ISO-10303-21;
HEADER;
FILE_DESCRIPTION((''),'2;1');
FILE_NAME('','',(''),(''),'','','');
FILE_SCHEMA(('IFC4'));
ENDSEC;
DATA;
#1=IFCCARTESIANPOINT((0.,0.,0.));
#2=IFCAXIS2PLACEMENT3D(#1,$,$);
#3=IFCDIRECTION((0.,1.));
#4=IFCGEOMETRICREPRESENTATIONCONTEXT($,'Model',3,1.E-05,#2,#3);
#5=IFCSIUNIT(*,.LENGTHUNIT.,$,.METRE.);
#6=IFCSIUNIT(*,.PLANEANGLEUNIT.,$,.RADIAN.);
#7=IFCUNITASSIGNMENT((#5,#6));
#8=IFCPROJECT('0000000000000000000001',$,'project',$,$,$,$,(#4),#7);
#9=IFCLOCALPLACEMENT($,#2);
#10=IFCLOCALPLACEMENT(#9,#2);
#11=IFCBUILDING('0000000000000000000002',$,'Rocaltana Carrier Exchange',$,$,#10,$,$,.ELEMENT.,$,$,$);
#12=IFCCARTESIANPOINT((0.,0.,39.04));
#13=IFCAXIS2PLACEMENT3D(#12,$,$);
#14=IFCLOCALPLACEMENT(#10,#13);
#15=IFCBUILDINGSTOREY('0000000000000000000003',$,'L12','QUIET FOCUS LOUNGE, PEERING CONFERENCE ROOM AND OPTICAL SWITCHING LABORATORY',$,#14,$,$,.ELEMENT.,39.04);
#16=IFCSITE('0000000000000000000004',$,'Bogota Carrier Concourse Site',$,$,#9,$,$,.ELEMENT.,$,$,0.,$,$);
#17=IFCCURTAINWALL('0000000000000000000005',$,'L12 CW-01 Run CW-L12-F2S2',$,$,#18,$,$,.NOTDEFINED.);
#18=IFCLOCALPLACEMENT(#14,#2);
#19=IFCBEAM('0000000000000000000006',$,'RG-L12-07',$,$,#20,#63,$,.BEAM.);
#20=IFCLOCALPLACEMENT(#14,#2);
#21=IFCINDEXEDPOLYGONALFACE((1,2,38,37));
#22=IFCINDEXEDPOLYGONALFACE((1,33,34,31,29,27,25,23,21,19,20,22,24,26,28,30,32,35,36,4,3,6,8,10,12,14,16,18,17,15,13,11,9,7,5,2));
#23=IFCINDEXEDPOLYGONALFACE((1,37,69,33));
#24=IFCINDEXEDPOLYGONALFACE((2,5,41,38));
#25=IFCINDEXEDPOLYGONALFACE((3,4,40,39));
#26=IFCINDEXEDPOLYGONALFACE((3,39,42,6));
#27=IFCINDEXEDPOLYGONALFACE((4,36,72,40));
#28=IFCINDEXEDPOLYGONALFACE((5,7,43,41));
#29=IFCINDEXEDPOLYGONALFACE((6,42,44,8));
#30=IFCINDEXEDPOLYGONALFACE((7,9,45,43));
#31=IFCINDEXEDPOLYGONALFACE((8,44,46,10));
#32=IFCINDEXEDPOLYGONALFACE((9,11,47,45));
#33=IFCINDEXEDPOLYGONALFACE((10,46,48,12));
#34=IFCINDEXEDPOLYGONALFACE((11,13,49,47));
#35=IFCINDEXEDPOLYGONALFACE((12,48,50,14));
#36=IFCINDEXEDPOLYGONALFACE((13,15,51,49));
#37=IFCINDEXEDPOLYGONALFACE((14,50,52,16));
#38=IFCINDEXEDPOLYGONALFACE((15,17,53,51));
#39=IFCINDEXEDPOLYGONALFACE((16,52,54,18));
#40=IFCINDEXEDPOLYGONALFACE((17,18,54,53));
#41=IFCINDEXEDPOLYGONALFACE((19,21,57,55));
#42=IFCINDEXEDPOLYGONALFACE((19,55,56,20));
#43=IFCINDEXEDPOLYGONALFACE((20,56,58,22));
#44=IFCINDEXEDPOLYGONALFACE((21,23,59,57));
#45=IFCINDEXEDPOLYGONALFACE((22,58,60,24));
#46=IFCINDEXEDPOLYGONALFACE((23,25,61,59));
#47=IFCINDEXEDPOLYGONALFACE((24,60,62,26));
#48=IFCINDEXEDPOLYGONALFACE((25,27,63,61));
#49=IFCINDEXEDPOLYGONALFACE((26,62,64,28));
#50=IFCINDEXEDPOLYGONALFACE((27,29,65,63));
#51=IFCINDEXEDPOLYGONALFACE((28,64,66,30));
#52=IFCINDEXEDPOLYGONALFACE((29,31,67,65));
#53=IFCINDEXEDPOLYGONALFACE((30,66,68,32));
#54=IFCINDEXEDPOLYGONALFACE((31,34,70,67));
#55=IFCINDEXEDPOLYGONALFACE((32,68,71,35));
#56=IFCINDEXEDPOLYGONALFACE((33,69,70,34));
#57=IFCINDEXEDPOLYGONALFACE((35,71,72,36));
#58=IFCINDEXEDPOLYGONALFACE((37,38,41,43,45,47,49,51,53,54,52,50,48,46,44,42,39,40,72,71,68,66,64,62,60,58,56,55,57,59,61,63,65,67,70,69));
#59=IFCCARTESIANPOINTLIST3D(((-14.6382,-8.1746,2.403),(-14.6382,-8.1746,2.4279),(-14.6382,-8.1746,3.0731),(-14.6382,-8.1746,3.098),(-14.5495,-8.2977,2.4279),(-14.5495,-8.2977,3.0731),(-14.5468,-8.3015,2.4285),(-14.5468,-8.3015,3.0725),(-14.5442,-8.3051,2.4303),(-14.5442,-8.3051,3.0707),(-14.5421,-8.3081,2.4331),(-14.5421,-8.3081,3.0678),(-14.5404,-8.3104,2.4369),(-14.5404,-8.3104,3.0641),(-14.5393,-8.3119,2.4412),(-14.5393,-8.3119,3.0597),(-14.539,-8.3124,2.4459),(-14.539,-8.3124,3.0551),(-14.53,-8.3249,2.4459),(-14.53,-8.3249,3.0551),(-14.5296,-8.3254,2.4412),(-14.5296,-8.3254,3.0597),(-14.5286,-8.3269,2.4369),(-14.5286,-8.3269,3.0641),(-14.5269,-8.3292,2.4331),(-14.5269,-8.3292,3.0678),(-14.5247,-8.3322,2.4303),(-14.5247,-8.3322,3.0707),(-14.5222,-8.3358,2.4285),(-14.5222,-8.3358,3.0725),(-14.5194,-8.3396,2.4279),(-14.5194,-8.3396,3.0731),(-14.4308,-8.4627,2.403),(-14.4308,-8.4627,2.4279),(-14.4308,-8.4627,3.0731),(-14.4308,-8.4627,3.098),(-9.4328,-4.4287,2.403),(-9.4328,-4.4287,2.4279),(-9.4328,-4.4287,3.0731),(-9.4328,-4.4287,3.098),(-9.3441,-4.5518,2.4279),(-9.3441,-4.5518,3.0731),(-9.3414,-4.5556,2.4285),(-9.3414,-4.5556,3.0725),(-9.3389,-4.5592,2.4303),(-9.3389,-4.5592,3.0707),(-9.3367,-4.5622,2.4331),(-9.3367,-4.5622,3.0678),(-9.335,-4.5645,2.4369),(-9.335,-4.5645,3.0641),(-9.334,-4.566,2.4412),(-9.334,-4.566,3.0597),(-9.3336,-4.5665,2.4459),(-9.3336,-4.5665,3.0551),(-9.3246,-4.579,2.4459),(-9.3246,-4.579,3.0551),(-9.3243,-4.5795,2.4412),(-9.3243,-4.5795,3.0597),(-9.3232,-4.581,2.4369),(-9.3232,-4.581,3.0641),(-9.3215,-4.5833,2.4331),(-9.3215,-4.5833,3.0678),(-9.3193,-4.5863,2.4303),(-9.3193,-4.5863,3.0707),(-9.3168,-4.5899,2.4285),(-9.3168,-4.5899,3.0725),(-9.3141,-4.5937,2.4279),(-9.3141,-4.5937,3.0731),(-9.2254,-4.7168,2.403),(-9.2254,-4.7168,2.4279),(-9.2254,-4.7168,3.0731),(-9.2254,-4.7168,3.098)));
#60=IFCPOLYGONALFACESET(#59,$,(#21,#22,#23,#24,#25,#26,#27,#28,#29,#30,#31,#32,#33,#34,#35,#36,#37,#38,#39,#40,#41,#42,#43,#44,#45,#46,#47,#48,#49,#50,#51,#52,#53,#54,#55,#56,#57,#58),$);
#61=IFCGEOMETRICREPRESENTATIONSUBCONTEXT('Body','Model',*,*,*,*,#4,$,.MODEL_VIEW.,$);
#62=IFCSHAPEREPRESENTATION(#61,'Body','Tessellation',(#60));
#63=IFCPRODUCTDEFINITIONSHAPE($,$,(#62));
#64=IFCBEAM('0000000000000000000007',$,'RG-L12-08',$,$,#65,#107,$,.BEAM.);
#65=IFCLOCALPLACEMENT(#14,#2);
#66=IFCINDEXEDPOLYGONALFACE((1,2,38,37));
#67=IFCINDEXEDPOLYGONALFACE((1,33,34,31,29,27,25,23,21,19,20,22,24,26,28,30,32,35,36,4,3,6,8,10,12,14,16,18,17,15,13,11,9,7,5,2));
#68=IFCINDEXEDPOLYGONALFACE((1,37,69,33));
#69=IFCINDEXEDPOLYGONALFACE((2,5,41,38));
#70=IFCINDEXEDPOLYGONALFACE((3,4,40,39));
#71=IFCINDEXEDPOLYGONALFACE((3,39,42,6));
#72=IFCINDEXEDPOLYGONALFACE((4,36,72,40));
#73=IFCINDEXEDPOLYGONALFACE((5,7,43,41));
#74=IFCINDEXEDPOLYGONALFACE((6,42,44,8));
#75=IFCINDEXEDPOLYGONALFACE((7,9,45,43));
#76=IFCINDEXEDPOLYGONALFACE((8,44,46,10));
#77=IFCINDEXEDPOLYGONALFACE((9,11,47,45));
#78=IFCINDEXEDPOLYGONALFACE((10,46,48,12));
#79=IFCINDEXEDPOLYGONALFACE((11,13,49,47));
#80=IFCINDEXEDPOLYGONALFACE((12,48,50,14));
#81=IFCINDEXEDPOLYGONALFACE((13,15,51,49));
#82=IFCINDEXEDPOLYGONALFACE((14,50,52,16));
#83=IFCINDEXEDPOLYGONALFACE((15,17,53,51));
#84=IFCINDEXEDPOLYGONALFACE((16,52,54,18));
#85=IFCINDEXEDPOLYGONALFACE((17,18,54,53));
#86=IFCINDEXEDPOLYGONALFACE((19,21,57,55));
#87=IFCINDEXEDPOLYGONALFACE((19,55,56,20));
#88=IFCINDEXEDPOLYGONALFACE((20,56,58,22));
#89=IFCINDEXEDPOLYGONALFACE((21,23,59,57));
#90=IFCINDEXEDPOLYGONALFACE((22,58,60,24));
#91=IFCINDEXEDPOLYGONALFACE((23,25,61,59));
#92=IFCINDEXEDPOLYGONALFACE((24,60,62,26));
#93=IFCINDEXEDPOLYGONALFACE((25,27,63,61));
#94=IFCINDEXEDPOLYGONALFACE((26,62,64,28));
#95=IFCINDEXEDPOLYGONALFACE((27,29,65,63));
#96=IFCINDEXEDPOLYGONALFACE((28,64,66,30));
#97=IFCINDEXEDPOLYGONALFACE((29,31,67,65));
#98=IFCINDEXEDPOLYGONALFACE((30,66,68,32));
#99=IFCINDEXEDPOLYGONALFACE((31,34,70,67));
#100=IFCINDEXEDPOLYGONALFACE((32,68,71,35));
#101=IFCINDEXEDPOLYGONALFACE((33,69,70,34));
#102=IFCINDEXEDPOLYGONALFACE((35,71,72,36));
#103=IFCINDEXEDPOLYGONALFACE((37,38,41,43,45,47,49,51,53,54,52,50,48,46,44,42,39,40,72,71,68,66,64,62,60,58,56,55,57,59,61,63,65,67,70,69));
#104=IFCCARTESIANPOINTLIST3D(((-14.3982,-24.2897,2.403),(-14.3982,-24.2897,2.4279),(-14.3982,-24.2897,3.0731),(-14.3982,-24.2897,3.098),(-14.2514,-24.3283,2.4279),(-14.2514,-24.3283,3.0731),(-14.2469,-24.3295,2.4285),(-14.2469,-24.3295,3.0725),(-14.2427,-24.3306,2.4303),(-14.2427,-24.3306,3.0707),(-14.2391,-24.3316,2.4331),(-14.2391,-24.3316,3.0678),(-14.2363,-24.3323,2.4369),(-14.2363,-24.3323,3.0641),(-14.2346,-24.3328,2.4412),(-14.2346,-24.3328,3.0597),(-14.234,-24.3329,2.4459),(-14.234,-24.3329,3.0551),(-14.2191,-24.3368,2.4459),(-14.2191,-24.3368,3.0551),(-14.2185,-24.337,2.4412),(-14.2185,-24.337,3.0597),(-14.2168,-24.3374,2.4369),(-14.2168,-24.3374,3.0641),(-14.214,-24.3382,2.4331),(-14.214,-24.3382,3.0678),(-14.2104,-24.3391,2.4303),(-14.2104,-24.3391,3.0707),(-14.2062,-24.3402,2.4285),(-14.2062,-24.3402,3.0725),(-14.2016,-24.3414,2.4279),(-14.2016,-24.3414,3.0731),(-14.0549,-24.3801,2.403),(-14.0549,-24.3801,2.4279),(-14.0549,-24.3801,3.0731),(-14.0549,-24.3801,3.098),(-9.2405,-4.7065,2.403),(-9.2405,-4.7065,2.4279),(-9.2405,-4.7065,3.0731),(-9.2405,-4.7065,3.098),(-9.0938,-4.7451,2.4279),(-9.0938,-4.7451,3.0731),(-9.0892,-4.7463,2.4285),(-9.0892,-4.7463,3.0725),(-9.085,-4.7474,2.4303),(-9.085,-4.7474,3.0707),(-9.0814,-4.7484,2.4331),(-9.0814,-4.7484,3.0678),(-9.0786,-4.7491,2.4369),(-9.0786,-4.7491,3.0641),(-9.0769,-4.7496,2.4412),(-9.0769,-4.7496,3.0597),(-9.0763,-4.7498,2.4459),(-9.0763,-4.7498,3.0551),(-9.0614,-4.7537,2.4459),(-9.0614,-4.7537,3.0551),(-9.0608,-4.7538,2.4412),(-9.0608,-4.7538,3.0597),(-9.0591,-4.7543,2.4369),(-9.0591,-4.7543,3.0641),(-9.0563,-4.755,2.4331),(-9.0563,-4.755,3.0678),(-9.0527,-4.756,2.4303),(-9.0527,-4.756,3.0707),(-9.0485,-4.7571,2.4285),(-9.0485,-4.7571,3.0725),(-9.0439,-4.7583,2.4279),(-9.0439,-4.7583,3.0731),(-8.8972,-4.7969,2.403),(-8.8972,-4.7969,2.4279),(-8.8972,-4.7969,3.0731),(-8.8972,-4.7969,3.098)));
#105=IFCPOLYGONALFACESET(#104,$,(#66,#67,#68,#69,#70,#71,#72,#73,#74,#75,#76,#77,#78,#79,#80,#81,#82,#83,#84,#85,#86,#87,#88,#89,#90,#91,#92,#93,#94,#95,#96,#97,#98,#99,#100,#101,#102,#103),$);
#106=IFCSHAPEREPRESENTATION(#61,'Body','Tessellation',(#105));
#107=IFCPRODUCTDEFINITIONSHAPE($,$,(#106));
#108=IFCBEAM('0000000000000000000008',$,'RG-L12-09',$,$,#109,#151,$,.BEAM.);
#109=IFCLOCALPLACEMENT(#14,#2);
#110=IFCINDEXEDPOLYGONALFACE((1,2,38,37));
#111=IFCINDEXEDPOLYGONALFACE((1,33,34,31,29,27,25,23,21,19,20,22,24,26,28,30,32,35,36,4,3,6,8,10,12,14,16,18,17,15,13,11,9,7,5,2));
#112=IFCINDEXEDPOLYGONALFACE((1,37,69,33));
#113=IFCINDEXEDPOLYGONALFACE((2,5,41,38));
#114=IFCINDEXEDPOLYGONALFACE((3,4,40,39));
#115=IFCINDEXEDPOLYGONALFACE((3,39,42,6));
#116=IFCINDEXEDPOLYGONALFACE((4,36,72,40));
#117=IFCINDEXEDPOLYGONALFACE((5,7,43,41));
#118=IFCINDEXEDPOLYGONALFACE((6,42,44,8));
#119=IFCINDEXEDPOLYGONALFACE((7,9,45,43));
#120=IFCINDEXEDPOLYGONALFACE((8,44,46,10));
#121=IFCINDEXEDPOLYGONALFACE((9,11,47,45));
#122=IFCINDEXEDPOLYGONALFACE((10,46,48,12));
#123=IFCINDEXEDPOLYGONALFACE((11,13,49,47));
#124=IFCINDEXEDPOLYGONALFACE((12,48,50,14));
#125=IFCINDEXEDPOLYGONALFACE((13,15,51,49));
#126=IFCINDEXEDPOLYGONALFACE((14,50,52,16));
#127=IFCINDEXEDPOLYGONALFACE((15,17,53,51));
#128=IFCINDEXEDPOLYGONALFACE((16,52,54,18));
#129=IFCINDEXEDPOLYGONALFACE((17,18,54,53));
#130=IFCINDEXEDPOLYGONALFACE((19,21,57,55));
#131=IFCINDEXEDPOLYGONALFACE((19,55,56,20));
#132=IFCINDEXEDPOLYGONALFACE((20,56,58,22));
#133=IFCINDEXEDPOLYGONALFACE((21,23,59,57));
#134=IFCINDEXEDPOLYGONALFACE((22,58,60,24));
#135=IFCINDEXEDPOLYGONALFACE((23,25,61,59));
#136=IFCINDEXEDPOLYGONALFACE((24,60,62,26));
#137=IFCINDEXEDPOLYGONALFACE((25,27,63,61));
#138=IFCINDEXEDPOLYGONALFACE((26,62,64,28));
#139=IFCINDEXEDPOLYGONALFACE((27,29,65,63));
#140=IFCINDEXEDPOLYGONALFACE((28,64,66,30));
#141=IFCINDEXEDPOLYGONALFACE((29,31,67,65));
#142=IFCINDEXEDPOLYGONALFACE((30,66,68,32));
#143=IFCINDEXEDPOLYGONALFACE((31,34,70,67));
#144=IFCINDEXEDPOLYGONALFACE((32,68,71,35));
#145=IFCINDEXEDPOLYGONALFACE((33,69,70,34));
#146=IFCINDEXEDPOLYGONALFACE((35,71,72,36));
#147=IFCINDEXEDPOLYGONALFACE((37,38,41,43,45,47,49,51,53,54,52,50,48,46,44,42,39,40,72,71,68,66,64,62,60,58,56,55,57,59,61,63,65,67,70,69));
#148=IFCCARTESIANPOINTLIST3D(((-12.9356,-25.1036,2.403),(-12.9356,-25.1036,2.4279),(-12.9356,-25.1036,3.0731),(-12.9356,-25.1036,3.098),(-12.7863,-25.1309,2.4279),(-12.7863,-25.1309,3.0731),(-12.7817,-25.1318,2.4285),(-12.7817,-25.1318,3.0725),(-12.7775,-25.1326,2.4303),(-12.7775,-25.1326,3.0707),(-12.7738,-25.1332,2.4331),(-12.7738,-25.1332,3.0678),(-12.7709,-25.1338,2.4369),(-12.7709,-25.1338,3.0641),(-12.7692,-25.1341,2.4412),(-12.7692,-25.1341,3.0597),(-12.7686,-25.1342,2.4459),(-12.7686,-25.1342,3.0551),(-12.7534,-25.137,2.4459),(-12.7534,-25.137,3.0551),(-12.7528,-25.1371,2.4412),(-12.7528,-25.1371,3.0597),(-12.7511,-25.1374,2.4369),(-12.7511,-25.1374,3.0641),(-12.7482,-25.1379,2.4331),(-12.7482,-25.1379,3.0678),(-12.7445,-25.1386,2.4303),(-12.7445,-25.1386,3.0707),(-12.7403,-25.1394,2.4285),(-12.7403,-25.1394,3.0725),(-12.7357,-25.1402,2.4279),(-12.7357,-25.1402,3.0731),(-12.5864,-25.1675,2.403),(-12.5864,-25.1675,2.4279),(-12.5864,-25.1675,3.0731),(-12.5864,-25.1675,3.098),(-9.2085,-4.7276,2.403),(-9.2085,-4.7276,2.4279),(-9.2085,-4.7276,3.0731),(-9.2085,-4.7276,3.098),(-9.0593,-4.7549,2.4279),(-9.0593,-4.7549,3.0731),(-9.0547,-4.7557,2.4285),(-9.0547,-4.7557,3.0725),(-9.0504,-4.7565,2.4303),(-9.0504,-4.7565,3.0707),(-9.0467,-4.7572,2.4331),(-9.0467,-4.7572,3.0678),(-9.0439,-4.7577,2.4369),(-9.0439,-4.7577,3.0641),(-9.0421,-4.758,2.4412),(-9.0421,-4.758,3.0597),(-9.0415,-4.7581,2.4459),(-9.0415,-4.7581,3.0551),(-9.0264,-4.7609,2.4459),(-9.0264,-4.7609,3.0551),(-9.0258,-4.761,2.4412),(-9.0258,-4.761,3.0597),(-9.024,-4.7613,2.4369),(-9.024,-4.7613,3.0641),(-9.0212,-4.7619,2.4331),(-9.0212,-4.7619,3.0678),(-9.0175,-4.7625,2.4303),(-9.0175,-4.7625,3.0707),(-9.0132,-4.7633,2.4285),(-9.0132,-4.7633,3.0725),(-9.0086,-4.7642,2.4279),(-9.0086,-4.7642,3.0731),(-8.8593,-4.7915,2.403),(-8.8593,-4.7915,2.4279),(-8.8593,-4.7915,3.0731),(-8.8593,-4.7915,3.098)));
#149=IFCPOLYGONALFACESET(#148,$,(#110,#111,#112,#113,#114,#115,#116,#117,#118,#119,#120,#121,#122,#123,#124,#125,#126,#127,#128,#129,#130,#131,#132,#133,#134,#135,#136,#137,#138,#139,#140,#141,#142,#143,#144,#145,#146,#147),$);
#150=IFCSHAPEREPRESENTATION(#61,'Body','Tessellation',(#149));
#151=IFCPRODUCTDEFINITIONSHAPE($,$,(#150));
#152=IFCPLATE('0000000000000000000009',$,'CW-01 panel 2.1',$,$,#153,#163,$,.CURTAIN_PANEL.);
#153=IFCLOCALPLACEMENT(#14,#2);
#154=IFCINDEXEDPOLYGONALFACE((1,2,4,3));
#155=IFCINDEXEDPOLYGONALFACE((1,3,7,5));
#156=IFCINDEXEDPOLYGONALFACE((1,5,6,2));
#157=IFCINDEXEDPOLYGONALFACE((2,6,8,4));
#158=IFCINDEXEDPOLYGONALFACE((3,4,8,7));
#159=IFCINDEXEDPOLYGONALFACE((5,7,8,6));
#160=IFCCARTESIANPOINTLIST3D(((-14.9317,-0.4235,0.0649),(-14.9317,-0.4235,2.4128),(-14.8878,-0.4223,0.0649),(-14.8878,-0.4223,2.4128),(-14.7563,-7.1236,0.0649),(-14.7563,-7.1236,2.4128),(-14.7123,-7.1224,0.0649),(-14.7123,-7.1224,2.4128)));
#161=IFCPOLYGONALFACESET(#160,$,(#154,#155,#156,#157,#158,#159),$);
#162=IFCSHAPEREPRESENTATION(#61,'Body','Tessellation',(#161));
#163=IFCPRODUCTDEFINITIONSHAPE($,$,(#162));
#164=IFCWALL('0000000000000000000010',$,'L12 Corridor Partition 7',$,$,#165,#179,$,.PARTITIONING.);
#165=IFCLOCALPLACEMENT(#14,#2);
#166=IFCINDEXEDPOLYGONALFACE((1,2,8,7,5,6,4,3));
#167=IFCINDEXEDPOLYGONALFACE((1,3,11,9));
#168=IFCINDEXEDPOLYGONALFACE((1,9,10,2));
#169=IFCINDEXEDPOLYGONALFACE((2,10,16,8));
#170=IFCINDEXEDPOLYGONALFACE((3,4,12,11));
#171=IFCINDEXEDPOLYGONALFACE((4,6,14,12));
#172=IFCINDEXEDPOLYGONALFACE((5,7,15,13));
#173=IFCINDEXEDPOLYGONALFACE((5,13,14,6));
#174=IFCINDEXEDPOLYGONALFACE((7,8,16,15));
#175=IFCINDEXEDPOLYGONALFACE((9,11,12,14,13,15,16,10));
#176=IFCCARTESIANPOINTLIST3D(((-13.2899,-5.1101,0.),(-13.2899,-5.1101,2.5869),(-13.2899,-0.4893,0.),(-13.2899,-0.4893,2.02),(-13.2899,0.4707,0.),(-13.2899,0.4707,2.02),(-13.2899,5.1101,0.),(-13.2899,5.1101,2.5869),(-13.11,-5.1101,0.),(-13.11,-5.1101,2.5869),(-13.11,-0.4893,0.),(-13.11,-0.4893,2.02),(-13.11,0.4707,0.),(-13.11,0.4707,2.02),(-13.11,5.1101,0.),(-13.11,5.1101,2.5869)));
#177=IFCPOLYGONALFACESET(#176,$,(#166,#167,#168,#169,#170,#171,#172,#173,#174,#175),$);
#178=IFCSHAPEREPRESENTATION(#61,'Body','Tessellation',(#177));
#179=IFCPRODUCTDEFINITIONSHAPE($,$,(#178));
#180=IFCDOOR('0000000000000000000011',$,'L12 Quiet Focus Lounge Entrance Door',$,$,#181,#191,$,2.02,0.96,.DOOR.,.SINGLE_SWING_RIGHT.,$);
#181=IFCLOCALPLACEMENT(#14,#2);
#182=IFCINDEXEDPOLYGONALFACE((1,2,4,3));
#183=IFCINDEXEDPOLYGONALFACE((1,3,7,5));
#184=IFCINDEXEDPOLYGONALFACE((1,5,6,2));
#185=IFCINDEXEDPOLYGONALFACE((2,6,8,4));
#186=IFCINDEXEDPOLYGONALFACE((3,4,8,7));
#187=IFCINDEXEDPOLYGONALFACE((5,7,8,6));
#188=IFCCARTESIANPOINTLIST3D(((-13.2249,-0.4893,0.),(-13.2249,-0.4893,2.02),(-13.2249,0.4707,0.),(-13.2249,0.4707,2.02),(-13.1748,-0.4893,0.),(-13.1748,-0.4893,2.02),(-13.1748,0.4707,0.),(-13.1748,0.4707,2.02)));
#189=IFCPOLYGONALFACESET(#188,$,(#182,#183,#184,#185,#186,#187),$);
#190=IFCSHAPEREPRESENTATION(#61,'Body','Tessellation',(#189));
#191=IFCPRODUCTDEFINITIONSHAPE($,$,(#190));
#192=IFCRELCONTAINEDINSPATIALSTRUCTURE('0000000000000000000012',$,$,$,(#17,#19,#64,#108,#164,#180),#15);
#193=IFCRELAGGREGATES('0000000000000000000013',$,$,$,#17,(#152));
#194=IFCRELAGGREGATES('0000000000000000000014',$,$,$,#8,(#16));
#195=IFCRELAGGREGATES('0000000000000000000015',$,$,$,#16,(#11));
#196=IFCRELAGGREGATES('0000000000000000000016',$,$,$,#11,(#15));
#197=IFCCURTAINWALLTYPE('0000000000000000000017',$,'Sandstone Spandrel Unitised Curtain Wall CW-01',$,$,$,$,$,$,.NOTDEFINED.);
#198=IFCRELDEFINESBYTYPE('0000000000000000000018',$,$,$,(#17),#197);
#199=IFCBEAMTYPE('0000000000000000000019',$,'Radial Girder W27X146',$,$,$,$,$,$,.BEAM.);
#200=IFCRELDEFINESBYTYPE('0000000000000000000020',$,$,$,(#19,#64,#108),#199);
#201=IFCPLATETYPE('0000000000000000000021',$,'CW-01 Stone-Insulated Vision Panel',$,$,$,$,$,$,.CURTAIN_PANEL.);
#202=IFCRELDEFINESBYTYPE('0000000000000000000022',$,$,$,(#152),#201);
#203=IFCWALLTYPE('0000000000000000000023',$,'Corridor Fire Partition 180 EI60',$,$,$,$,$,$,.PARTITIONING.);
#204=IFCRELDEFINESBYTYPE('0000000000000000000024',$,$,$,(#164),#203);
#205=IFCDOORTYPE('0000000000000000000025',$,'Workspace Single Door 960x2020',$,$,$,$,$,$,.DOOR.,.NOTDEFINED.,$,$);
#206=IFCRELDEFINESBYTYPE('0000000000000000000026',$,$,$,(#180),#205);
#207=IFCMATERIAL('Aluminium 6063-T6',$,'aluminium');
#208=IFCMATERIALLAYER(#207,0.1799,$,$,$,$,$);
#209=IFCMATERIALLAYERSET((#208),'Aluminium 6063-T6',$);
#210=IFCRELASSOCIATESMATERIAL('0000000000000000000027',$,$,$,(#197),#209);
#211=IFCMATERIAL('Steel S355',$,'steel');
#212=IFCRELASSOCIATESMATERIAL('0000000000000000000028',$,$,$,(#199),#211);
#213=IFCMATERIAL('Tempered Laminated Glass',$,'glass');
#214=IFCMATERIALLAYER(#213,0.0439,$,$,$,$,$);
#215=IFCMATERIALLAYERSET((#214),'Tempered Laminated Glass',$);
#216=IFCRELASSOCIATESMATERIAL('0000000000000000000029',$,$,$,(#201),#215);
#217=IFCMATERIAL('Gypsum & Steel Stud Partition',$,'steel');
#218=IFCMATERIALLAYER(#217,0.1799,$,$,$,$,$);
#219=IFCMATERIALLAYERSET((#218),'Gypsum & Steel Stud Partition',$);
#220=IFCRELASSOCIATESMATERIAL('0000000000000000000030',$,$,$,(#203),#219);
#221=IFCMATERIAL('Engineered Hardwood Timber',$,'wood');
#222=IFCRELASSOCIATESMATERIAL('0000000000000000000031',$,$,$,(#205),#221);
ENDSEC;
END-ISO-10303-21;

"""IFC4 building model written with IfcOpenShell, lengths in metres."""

from ifc_helpers import new_model, si_unit, direction, frame, frame_2d, origin, origin_2d, place, context, subcontext, project, spatial, rectangle, i_section, extrude, material, layer, layer_set, material_profile, profile_set, type_object, element, fill, aggregate, save


model = new_model("IFC4")

# Units and contexts
model_context = context("Model", 3, precision=1e-05, world=origin(), true_north=direction((0.0, 1.0)))
body_context = subcontext(model_context, "Body", "Model", "MODEL_VIEW")
ifc_project = project(units=[si_unit("LENGTHUNIT", "METRE"), si_unit("PLANEANGLEUNIT", "RADIAN")], contexts=[model_context])

# Site, building, storey
site_placement = place(None, origin())
site = spatial("IfcSite", under=ifc_project, at=site_placement, Name="Bogota Carrier Concourse Site", CompositionType="ELEMENT", RefElevation=0.0)
building_placement = place(site_placement, origin())
building = spatial("IfcBuilding", under=site, at=building_placement, Name="Rocaltana Carrier Exchange", CompositionType="ELEMENT")
storey_placement = place(building_placement, frame((0.0, 0.0, 39.04)))
storey = spatial("IfcBuildingStorey", under=building, at=storey_placement, Name="L12", Description="QUIET FOCUS LOUNGE, PEERING CONFERENCE ROOM AND OPTICAL SWITCHING LABORATORY", CompositionType="ELEMENT", Elevation=39.04)

# Curtain wall
ifc_material_1 = material(Name="Aluminium 6063-T6", Category="aluminium")
ifc_layer_1 = layer(ifc_material_1, 0.1799)
ifc_layer_set_1 = layer_set([ifc_layer_1], Name="Aluminium 6063-T6")
curtain_wall_type = type_object("IfcCurtainWallType", Name="Sandstone Spandrel Unitised Curtain Wall CW-01", PredefinedType="NOTDEFINED", material=ifc_layer_set_1)
curtain_wall_placement = place(storey_placement, origin())
curtain_wall = element("IfcCurtainWall", 1, at=curtain_wall_placement, inside=storey, type_object=curtain_wall_type, Name="L12 CW-01 Run CW-L12-F2S2", PredefinedType="NOTDEFINED")

# Beams
ifc_material_2 = material(Name="Steel S355", Category="steel")
ifc_material_profile_1 = material_profile(ifc_material_2, i_section(OverallWidth=0.355, OverallDepth=0.6951, WebThickness=0.0154, FlangeThickness=0.0249, FilletRadius=0.0181, at=origin_2d()), Name="W27X146")
ifc_profile_set_1 = profile_set([ifc_material_profile_1], Name="Steel S355")
beam_type_1 = type_object("IfcBeamType", Name="Radial Girder W27X146", PredefinedType="BEAM", material=ifc_profile_set_1)
beam_1_placement = place(storey_placement, frame((-9.3291, -4.5728, 2.7505), z_axis=(-0.811681, -0.584101, 0.0), x_axis=(0.584101, -0.811681, 0.0)))
element("IfcBeam", 2, at=beam_1_placement, inside=storey, type_object=beam_type_1, Name="RG-L12-07", PredefinedType="BEAM", context=body_context, shape_type="SweptSolid", body=[
    extrude(i_section(OverallWidth=0.355, OverallDepth=0.6951, WebThickness=0.0154, FlangeThickness=0.0249, FilletRadius=0.0181, at=origin_2d()), origin(), (0.0, 0.0, 1.0), 6.4131),
])
beam_2_placement = place(storey_placement, frame((-9.0688, -4.7517, 2.7505), z_axis=(-0.254689, -0.967023, 0.0), x_axis=(0.967023, -0.254689, 0.0)))
element("IfcBeam", 3, at=beam_2_placement, inside=storey, type_object=beam_type_1, Name="RG-L12-08", PredefinedType="BEAM", context=body_context, shape_type="SweptSolid", body=[
    extrude(i_section(OverallWidth=0.355, OverallDepth=0.6951, WebThickness=0.0154, FlangeThickness=0.0249, FilletRadius=0.0181, at=origin_2d()), origin(), (0.0, 0.0, 1.0), 20.251),
])
beam_3_placement = place(storey_placement, frame((-9.0339, -4.7595, 2.7505), z_axis=(-0.179929, -0.98368, 0.0), x_axis=(0.98368, -0.179929, 0.0)))
element("IfcBeam", 4, at=beam_3_placement, inside=storey, type_object=beam_type_1, Name="RG-L12-09", PredefinedType="BEAM", context=body_context, shape_type="SweptSolid", body=[
    extrude(i_section(OverallWidth=0.355, OverallDepth=0.6951, WebThickness=0.0154, FlangeThickness=0.0249, FilletRadius=0.0181, at=origin_2d()), origin(), (0.0, 0.0, 1.0), 20.7141),
])

# Plate
ifc_material_3 = material(Name="Tempered Laminated Glass", Category="glass")
ifc_layer_2 = layer(ifc_material_3, 0.0439)
ifc_layer_set_2 = layer_set([ifc_layer_2], Name="Tempered Laminated Glass")
plate_type = type_object("IfcPlateType", Name="CW-01 Stone-Insulated Vision Panel", PredefinedType="CURTAIN_PANEL", material=ifc_layer_set_2)
plate_placement = place(storey_placement, frame((-14.822, -3.7729, 0.0649), z_axis=(0.0, 0.0, 1.0), x_axis=(0.026177, -0.999657, 0.0)))
plate = element("IfcPlate", 5, at=plate_placement, type_object=plate_type, Name="CW-01 panel 2.1", PredefinedType="CURTAIN_PANEL", context=body_context, shape_type="SweptSolid", body=[
    extrude(rectangle(XDim=6.7024, YDim=0.0439, at=origin_2d()), origin(), (0.0, 0.0, 1.0), 2.3479),
])
aggregate(curtain_wall, [plate])

# Wall, opening, door
ifc_material_4 = material(Name="Gypsum & Steel Stud Partition", Category="steel")
ifc_layer_3 = layer(ifc_material_4, 0.1799)
ifc_layer_set_3 = layer_set([ifc_layer_3], Name="Gypsum & Steel Stud Partition")
wall_type = type_object("IfcWallType", Name="Corridor Fire Partition 180 EI60", PredefinedType="PARTITIONING", material=ifc_layer_set_3)
wall_1_placement = place(storey_placement, frame((-13.2, -5.1101, 0.0), z_axis=(0.0, 0.0, 1.0), x_axis=(0.0, 1.0, 0.0)))
wall_1 = element("IfcWall", 6, at=wall_1_placement, inside=storey, type_object=wall_type, Name="L12 Corridor Partition 7", PredefinedType="PARTITIONING", context=body_context, shape_type="SweptSolid", body=[
    extrude(rectangle(XDim=10.2202, YDim=0.1799, at=frame_2d((5.1101, 0.0))), origin(), (0.0, 0.0, 1.0), 2.5869),
])
opening_placement = place(wall_1_placement, frame((4.6208, 0.0, 0.0)))
opening = element("IfcOpeningElement", 7, at=opening_placement, cuts=wall_1, PredefinedType="OPENING", context=body_context, shape_type="SweptSolid", body=[
    extrude(rectangle(XDim=0.96, YDim=2.02, at=frame_2d((0.48, 1.01))), frame((0.0, 0.0999, 0.0), z_axis=(0.0, -1.0, 0.0), x_axis=(1.0, 0.0, 0.0)), (0.0, 0.0, 1.0), 0.2),
])
ifc_material_5 = material(Name="Engineered Hardwood Timber", Category="wood")
door_type = type_object("IfcDoorType", Name="Workspace Single Door 960x2020", OperationType="NOTDEFINED", PredefinedType="DOOR", material=ifc_material_5)
door_placement = place(opening_placement, origin())
door = element("IfcDoor", 8, at=door_placement, inside=storey, type_object=door_type, Name="L12 Quiet Focus Lounge Entrance Door", OperationType="SINGLE_SWING_RIGHT", OverallHeight=2.02, OverallWidth=0.96, PredefinedType="DOOR", context=body_context, shape_type="SweptSolid", body=[
    extrude(rectangle(XDim=0.96, YDim=2.02, at=frame_2d((0.48, 1.01))), frame((0.0, 0.0249, 0.0), z_axis=(0.0, -1.0, 0.0), x_axis=(1.0, 0.0, 0.0)), (0.0, 0.0, 1.0), 0.05),
])
fill(opening, door)

save(model, "model.ifc")
